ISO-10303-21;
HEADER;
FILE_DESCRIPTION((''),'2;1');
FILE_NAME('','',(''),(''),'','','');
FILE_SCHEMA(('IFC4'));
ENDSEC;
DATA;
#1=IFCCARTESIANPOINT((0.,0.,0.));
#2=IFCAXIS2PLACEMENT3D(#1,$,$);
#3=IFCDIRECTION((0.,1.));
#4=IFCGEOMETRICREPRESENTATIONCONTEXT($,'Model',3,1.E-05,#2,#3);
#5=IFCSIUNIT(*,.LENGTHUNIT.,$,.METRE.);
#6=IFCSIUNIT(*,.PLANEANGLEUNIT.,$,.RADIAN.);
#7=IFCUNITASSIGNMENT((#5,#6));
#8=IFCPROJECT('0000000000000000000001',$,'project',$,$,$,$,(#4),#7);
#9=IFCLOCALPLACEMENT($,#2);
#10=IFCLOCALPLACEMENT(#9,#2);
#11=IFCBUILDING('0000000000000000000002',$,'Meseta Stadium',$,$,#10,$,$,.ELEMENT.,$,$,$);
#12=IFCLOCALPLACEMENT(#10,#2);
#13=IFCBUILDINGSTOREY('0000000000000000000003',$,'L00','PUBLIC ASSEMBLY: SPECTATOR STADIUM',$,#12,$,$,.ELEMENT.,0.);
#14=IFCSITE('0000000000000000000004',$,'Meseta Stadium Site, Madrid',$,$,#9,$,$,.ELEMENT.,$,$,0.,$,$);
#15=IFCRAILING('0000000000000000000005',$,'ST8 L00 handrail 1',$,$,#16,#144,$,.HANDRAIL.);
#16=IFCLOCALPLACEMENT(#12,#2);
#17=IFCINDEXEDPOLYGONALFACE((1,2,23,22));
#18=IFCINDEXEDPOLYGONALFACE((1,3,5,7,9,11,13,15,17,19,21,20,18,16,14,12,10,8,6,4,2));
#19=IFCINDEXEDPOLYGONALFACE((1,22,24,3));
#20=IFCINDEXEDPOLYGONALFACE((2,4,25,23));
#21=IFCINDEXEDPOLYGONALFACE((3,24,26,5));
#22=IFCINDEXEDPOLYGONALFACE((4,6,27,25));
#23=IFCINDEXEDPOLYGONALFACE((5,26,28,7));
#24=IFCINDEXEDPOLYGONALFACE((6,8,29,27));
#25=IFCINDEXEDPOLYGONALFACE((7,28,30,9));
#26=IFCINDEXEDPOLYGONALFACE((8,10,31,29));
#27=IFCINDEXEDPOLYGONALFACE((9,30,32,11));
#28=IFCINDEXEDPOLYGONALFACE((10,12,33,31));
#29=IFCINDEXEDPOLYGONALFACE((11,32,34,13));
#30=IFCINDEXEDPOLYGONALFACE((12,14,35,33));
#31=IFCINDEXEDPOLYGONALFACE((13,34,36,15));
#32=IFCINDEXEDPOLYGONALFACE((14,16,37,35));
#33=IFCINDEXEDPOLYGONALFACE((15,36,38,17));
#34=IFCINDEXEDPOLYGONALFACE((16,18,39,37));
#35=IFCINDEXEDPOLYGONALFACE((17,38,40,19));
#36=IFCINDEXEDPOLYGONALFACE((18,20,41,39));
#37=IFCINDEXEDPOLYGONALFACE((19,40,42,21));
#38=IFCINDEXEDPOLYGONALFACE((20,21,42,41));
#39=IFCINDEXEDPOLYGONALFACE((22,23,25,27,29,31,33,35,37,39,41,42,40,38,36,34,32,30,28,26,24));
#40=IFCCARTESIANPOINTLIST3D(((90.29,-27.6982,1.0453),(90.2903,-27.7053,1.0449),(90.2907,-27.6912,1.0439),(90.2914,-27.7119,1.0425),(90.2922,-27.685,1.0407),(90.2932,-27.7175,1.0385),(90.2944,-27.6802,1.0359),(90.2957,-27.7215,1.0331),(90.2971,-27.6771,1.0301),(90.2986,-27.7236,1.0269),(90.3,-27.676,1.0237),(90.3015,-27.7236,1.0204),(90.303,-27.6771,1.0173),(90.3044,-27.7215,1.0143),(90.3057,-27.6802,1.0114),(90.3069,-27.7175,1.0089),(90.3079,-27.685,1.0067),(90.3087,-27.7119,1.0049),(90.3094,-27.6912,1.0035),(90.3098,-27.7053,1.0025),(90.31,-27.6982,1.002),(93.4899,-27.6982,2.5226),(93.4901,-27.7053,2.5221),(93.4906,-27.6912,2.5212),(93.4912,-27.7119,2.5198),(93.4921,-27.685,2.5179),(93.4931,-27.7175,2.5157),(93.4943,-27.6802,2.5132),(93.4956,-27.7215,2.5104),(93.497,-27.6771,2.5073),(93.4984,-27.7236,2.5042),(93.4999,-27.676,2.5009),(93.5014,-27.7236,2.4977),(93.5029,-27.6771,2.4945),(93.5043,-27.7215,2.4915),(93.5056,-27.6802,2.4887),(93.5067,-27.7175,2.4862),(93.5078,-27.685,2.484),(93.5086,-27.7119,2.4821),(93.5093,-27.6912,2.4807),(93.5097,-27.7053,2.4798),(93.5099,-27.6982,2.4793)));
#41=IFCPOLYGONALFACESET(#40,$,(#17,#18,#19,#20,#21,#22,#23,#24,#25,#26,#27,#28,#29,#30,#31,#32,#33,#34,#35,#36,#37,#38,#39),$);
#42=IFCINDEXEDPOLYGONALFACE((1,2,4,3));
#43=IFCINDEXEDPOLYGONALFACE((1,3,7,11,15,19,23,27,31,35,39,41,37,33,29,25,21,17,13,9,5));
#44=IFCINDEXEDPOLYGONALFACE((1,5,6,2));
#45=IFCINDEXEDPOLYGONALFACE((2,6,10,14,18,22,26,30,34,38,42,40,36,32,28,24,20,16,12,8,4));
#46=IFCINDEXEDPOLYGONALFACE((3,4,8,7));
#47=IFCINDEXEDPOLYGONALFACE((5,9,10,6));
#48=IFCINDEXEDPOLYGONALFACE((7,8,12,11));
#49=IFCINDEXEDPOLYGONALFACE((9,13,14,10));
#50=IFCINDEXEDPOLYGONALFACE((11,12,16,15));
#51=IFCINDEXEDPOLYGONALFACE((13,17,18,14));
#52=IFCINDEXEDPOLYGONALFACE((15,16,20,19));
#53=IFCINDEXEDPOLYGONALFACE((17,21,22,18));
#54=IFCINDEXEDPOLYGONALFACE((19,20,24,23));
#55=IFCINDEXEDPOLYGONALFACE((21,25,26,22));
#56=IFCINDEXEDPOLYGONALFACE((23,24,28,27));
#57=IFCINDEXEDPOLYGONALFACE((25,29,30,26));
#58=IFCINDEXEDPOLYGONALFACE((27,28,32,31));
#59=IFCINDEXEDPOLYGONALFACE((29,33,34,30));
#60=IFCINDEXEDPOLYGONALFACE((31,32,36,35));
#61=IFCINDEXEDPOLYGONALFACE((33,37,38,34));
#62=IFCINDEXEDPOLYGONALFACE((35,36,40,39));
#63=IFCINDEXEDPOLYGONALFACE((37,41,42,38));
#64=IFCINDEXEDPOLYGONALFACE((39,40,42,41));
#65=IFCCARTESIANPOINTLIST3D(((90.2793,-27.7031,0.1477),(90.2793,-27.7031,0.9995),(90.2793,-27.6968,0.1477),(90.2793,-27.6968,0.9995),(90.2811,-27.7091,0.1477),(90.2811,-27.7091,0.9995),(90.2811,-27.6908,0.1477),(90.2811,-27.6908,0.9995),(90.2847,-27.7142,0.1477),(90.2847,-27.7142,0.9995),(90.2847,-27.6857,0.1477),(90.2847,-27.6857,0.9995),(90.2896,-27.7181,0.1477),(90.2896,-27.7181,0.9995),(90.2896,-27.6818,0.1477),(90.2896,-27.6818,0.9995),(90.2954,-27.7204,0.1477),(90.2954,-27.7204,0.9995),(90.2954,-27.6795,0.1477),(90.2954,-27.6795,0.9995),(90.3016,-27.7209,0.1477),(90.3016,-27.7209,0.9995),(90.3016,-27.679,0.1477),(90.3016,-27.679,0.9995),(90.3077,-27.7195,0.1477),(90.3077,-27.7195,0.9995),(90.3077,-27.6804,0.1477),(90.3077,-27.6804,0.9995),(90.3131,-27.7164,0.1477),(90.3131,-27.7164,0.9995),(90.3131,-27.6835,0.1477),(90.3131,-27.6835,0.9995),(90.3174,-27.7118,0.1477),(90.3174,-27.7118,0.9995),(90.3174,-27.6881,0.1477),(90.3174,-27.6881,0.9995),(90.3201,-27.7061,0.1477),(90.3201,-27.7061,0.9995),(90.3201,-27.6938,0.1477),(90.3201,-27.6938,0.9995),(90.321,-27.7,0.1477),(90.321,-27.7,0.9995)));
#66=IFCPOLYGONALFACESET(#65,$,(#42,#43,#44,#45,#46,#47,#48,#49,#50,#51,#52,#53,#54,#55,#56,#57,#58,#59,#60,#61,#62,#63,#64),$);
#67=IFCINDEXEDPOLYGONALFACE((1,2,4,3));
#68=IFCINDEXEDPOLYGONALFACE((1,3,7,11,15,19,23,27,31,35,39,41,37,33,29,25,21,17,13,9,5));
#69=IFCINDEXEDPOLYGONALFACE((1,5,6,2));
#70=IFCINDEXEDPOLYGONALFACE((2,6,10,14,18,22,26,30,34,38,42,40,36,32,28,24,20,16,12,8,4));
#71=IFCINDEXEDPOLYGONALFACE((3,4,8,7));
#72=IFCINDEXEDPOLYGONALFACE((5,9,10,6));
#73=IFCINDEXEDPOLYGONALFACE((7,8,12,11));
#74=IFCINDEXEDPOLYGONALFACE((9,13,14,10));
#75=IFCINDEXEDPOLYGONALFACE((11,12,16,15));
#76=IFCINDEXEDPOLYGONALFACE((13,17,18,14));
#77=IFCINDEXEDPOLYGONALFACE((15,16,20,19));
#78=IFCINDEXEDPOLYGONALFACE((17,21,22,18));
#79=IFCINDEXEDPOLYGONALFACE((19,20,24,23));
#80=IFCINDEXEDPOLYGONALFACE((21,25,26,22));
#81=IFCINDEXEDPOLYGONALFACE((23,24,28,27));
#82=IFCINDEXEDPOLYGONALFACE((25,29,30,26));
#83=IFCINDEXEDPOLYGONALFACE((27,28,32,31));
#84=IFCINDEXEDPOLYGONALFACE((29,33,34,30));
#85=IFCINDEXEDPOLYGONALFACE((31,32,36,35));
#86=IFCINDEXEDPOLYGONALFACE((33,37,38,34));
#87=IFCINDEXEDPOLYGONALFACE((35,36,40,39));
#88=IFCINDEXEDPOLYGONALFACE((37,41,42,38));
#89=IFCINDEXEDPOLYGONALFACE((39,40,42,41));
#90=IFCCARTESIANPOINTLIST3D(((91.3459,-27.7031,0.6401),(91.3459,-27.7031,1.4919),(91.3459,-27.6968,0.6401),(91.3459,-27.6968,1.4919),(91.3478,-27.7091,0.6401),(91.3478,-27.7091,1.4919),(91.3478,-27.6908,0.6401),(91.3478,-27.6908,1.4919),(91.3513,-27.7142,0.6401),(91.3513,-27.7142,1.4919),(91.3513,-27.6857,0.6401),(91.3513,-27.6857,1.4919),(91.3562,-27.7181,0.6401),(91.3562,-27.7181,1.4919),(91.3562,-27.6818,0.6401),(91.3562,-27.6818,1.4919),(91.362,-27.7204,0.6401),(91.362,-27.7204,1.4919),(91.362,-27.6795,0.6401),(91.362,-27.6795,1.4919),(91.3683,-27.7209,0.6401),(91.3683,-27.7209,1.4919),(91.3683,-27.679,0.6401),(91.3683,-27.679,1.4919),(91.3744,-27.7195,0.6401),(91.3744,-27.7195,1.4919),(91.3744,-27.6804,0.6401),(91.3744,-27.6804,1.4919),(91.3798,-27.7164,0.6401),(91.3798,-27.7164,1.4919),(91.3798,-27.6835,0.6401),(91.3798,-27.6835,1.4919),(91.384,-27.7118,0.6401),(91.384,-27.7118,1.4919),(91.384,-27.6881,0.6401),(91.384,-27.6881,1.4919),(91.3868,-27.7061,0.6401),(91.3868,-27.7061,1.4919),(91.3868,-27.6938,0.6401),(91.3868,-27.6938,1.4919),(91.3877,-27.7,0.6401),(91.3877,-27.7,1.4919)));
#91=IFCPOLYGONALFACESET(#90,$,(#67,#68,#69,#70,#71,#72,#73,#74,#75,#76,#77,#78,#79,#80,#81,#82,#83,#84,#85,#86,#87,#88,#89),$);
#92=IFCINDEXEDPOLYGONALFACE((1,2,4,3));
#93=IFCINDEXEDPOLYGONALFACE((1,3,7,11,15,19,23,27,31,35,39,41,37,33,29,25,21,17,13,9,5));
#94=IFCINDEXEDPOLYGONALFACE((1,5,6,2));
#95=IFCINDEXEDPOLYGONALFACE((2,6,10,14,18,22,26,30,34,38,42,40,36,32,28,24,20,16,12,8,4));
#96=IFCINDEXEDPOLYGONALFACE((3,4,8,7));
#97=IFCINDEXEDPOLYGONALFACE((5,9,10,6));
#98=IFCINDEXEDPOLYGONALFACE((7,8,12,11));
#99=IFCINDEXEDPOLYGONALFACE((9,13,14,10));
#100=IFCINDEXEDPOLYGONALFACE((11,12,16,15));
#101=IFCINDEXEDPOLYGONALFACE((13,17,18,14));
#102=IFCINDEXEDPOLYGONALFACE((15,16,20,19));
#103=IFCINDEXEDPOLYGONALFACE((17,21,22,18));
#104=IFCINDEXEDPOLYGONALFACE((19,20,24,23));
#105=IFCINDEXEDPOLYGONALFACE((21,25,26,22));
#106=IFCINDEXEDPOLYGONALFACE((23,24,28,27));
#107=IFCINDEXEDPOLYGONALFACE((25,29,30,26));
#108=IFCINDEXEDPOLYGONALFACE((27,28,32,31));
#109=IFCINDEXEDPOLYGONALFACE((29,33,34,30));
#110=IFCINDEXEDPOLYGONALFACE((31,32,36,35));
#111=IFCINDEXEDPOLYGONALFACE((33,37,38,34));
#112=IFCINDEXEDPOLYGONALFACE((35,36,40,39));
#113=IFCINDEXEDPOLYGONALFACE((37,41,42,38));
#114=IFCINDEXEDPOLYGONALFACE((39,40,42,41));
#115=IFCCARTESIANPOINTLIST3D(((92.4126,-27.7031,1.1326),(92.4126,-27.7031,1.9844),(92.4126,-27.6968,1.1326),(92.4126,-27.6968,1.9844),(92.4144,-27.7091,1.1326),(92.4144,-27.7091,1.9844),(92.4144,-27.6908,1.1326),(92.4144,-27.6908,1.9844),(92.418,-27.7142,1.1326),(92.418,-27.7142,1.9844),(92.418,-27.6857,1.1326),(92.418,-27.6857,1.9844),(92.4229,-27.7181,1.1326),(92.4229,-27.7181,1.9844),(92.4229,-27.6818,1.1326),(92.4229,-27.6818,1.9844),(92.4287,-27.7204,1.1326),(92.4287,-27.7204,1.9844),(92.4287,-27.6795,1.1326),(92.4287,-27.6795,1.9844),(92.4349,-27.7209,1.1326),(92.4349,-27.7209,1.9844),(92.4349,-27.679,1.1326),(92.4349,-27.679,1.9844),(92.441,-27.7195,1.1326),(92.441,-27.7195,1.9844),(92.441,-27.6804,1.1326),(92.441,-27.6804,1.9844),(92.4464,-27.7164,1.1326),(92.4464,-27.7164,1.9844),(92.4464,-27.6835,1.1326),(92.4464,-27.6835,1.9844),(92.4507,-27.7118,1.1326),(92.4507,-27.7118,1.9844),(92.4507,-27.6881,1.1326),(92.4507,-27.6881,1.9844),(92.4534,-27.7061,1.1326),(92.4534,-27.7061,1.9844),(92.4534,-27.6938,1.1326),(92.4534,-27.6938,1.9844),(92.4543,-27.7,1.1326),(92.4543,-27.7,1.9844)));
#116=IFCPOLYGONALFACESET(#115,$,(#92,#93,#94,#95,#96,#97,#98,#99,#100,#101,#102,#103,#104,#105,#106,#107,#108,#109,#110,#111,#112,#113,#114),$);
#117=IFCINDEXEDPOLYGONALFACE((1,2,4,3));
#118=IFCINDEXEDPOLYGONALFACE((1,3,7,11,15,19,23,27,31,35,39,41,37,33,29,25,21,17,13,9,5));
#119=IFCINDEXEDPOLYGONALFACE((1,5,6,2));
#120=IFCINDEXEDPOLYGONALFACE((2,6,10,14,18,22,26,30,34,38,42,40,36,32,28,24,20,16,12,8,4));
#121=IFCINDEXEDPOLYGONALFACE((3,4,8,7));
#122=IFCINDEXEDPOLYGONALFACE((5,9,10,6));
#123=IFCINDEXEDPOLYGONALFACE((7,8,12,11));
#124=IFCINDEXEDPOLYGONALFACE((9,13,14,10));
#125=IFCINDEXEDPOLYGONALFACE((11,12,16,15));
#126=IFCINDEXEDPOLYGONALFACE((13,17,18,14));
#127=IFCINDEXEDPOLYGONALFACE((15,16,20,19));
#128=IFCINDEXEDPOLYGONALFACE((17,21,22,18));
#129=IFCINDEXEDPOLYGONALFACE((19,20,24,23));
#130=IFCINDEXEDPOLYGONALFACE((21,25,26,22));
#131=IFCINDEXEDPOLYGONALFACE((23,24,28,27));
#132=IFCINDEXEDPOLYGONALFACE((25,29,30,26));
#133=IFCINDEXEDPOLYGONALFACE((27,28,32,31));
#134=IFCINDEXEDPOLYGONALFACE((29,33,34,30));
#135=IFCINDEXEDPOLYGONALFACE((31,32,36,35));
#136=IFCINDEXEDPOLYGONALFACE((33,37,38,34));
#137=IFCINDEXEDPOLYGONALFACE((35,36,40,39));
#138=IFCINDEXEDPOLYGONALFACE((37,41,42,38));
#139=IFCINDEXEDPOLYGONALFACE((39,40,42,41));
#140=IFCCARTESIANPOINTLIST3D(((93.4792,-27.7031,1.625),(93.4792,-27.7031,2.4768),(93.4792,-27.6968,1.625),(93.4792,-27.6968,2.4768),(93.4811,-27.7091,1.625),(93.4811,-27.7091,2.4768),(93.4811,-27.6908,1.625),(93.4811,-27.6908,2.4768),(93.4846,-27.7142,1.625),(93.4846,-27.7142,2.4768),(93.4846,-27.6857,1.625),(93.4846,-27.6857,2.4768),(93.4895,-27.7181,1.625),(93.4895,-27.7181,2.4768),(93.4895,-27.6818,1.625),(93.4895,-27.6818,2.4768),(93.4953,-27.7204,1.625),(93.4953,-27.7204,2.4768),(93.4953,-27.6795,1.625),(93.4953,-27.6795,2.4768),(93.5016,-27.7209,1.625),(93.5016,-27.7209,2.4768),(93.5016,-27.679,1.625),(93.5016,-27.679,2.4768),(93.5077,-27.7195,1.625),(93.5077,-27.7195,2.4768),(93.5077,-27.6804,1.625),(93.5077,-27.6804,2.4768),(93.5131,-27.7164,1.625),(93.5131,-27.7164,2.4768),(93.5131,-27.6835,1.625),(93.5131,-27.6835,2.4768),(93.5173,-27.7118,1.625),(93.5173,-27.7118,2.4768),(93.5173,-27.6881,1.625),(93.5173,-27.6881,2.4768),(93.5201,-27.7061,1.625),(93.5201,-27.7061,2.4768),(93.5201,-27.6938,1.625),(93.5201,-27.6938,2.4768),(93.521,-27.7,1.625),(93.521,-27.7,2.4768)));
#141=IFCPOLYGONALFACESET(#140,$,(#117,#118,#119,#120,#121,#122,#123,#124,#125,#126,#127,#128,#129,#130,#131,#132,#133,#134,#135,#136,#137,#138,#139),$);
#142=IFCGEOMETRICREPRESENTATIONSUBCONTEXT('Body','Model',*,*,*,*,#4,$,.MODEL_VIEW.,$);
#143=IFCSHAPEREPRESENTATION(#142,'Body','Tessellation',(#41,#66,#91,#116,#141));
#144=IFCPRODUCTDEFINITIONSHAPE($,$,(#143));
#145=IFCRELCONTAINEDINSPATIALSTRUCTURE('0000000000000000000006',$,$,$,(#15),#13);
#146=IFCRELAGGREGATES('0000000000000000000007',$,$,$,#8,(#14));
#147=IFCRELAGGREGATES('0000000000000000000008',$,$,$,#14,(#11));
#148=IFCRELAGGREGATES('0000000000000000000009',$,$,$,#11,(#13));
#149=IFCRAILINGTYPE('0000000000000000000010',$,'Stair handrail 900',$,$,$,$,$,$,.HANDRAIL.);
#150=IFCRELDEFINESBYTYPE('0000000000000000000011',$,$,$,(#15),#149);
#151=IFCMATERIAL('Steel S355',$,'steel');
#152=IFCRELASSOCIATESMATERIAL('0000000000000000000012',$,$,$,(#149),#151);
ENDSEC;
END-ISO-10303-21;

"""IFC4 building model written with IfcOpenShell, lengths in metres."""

from ifc_helpers import new_model, si_unit, direction, frame, origin, origin_2d, place, context, subcontext, project, spatial, circle, extrude, material, type_object, element, save


model = new_model("IFC4")

# Units and contexts
model_context = context("Model", 3, precision=1e-05, world=origin(), true_north=direction((0.0, 1.0)))
body_context = subcontext(model_context, "Body", "Model", "MODEL_VIEW")
ifc_project = project(units=[si_unit("LENGTHUNIT", "METRE"), si_unit("PLANEANGLEUNIT", "RADIAN")], contexts=[model_context])

# Site, building, storey
site_placement = place(None, origin())
site = spatial("IfcSite", under=ifc_project, at=site_placement, Name="Meseta Stadium Site, Madrid", CompositionType="ELEMENT", RefElevation=0.0)
building_placement = place(site_placement, origin())
building = spatial("IfcBuilding", under=site, at=building_placement, Name="Meseta Stadium", CompositionType="ELEMENT")
storey_placement = place(building_placement, origin())
storey = spatial("IfcBuildingStorey", under=building, at=storey_placement, Name="L00", Description="PUBLIC ASSEMBLY: SPECTATOR STADIUM", CompositionType="ELEMENT", Elevation=0.0)

# Railing
ifc_material_1 = material(Name="Steel S355", Category="steel")
railing_type_1 = type_object("IfcRailingType", Name="Stair handrail 900", PredefinedType="HANDRAIL", material=ifc_material_1)
railing_1_placement = place(storey_placement, frame((90.3, -27.7, 0.1477)))
element("IfcRailing", 1, at=railing_1_placement, inside=storey, type_object=railing_type_1, Name="ST8 L00 handrail 1", PredefinedType="HANDRAIL", context=body_context, shape_type="SweptSolid", body=[
    extrude(circle(Radius=0.0239, at=origin_2d()), frame((0.0, 0.0, 0.876), z_axis=(0.907917, 0.0, 0.41915), x_axis=(0.0, 1.0, 0.0)), (0.0, 0.0, 1.0), 3.5244),
    extrude(circle(Radius=0.021, at=origin_2d()), origin(), (0.0, 0.0, 1.0), 0.8518),
    extrude(circle(Radius=0.021, at=origin_2d()), frame((1.0667, 0.0, 0.4924)), (0.0, 0.0, 1.0), 0.8518),
    extrude(circle(Radius=0.021, at=origin_2d()), frame((2.1333, 0.0, 0.9849)), (0.0, 0.0, 1.0), 0.8518),
    extrude(circle(Radius=0.021, at=origin_2d()), frame((3.2, 0.0, 1.4773)), (0.0, 0.0, 1.0), 0.8518),
])

save(model, "model.ifc")
